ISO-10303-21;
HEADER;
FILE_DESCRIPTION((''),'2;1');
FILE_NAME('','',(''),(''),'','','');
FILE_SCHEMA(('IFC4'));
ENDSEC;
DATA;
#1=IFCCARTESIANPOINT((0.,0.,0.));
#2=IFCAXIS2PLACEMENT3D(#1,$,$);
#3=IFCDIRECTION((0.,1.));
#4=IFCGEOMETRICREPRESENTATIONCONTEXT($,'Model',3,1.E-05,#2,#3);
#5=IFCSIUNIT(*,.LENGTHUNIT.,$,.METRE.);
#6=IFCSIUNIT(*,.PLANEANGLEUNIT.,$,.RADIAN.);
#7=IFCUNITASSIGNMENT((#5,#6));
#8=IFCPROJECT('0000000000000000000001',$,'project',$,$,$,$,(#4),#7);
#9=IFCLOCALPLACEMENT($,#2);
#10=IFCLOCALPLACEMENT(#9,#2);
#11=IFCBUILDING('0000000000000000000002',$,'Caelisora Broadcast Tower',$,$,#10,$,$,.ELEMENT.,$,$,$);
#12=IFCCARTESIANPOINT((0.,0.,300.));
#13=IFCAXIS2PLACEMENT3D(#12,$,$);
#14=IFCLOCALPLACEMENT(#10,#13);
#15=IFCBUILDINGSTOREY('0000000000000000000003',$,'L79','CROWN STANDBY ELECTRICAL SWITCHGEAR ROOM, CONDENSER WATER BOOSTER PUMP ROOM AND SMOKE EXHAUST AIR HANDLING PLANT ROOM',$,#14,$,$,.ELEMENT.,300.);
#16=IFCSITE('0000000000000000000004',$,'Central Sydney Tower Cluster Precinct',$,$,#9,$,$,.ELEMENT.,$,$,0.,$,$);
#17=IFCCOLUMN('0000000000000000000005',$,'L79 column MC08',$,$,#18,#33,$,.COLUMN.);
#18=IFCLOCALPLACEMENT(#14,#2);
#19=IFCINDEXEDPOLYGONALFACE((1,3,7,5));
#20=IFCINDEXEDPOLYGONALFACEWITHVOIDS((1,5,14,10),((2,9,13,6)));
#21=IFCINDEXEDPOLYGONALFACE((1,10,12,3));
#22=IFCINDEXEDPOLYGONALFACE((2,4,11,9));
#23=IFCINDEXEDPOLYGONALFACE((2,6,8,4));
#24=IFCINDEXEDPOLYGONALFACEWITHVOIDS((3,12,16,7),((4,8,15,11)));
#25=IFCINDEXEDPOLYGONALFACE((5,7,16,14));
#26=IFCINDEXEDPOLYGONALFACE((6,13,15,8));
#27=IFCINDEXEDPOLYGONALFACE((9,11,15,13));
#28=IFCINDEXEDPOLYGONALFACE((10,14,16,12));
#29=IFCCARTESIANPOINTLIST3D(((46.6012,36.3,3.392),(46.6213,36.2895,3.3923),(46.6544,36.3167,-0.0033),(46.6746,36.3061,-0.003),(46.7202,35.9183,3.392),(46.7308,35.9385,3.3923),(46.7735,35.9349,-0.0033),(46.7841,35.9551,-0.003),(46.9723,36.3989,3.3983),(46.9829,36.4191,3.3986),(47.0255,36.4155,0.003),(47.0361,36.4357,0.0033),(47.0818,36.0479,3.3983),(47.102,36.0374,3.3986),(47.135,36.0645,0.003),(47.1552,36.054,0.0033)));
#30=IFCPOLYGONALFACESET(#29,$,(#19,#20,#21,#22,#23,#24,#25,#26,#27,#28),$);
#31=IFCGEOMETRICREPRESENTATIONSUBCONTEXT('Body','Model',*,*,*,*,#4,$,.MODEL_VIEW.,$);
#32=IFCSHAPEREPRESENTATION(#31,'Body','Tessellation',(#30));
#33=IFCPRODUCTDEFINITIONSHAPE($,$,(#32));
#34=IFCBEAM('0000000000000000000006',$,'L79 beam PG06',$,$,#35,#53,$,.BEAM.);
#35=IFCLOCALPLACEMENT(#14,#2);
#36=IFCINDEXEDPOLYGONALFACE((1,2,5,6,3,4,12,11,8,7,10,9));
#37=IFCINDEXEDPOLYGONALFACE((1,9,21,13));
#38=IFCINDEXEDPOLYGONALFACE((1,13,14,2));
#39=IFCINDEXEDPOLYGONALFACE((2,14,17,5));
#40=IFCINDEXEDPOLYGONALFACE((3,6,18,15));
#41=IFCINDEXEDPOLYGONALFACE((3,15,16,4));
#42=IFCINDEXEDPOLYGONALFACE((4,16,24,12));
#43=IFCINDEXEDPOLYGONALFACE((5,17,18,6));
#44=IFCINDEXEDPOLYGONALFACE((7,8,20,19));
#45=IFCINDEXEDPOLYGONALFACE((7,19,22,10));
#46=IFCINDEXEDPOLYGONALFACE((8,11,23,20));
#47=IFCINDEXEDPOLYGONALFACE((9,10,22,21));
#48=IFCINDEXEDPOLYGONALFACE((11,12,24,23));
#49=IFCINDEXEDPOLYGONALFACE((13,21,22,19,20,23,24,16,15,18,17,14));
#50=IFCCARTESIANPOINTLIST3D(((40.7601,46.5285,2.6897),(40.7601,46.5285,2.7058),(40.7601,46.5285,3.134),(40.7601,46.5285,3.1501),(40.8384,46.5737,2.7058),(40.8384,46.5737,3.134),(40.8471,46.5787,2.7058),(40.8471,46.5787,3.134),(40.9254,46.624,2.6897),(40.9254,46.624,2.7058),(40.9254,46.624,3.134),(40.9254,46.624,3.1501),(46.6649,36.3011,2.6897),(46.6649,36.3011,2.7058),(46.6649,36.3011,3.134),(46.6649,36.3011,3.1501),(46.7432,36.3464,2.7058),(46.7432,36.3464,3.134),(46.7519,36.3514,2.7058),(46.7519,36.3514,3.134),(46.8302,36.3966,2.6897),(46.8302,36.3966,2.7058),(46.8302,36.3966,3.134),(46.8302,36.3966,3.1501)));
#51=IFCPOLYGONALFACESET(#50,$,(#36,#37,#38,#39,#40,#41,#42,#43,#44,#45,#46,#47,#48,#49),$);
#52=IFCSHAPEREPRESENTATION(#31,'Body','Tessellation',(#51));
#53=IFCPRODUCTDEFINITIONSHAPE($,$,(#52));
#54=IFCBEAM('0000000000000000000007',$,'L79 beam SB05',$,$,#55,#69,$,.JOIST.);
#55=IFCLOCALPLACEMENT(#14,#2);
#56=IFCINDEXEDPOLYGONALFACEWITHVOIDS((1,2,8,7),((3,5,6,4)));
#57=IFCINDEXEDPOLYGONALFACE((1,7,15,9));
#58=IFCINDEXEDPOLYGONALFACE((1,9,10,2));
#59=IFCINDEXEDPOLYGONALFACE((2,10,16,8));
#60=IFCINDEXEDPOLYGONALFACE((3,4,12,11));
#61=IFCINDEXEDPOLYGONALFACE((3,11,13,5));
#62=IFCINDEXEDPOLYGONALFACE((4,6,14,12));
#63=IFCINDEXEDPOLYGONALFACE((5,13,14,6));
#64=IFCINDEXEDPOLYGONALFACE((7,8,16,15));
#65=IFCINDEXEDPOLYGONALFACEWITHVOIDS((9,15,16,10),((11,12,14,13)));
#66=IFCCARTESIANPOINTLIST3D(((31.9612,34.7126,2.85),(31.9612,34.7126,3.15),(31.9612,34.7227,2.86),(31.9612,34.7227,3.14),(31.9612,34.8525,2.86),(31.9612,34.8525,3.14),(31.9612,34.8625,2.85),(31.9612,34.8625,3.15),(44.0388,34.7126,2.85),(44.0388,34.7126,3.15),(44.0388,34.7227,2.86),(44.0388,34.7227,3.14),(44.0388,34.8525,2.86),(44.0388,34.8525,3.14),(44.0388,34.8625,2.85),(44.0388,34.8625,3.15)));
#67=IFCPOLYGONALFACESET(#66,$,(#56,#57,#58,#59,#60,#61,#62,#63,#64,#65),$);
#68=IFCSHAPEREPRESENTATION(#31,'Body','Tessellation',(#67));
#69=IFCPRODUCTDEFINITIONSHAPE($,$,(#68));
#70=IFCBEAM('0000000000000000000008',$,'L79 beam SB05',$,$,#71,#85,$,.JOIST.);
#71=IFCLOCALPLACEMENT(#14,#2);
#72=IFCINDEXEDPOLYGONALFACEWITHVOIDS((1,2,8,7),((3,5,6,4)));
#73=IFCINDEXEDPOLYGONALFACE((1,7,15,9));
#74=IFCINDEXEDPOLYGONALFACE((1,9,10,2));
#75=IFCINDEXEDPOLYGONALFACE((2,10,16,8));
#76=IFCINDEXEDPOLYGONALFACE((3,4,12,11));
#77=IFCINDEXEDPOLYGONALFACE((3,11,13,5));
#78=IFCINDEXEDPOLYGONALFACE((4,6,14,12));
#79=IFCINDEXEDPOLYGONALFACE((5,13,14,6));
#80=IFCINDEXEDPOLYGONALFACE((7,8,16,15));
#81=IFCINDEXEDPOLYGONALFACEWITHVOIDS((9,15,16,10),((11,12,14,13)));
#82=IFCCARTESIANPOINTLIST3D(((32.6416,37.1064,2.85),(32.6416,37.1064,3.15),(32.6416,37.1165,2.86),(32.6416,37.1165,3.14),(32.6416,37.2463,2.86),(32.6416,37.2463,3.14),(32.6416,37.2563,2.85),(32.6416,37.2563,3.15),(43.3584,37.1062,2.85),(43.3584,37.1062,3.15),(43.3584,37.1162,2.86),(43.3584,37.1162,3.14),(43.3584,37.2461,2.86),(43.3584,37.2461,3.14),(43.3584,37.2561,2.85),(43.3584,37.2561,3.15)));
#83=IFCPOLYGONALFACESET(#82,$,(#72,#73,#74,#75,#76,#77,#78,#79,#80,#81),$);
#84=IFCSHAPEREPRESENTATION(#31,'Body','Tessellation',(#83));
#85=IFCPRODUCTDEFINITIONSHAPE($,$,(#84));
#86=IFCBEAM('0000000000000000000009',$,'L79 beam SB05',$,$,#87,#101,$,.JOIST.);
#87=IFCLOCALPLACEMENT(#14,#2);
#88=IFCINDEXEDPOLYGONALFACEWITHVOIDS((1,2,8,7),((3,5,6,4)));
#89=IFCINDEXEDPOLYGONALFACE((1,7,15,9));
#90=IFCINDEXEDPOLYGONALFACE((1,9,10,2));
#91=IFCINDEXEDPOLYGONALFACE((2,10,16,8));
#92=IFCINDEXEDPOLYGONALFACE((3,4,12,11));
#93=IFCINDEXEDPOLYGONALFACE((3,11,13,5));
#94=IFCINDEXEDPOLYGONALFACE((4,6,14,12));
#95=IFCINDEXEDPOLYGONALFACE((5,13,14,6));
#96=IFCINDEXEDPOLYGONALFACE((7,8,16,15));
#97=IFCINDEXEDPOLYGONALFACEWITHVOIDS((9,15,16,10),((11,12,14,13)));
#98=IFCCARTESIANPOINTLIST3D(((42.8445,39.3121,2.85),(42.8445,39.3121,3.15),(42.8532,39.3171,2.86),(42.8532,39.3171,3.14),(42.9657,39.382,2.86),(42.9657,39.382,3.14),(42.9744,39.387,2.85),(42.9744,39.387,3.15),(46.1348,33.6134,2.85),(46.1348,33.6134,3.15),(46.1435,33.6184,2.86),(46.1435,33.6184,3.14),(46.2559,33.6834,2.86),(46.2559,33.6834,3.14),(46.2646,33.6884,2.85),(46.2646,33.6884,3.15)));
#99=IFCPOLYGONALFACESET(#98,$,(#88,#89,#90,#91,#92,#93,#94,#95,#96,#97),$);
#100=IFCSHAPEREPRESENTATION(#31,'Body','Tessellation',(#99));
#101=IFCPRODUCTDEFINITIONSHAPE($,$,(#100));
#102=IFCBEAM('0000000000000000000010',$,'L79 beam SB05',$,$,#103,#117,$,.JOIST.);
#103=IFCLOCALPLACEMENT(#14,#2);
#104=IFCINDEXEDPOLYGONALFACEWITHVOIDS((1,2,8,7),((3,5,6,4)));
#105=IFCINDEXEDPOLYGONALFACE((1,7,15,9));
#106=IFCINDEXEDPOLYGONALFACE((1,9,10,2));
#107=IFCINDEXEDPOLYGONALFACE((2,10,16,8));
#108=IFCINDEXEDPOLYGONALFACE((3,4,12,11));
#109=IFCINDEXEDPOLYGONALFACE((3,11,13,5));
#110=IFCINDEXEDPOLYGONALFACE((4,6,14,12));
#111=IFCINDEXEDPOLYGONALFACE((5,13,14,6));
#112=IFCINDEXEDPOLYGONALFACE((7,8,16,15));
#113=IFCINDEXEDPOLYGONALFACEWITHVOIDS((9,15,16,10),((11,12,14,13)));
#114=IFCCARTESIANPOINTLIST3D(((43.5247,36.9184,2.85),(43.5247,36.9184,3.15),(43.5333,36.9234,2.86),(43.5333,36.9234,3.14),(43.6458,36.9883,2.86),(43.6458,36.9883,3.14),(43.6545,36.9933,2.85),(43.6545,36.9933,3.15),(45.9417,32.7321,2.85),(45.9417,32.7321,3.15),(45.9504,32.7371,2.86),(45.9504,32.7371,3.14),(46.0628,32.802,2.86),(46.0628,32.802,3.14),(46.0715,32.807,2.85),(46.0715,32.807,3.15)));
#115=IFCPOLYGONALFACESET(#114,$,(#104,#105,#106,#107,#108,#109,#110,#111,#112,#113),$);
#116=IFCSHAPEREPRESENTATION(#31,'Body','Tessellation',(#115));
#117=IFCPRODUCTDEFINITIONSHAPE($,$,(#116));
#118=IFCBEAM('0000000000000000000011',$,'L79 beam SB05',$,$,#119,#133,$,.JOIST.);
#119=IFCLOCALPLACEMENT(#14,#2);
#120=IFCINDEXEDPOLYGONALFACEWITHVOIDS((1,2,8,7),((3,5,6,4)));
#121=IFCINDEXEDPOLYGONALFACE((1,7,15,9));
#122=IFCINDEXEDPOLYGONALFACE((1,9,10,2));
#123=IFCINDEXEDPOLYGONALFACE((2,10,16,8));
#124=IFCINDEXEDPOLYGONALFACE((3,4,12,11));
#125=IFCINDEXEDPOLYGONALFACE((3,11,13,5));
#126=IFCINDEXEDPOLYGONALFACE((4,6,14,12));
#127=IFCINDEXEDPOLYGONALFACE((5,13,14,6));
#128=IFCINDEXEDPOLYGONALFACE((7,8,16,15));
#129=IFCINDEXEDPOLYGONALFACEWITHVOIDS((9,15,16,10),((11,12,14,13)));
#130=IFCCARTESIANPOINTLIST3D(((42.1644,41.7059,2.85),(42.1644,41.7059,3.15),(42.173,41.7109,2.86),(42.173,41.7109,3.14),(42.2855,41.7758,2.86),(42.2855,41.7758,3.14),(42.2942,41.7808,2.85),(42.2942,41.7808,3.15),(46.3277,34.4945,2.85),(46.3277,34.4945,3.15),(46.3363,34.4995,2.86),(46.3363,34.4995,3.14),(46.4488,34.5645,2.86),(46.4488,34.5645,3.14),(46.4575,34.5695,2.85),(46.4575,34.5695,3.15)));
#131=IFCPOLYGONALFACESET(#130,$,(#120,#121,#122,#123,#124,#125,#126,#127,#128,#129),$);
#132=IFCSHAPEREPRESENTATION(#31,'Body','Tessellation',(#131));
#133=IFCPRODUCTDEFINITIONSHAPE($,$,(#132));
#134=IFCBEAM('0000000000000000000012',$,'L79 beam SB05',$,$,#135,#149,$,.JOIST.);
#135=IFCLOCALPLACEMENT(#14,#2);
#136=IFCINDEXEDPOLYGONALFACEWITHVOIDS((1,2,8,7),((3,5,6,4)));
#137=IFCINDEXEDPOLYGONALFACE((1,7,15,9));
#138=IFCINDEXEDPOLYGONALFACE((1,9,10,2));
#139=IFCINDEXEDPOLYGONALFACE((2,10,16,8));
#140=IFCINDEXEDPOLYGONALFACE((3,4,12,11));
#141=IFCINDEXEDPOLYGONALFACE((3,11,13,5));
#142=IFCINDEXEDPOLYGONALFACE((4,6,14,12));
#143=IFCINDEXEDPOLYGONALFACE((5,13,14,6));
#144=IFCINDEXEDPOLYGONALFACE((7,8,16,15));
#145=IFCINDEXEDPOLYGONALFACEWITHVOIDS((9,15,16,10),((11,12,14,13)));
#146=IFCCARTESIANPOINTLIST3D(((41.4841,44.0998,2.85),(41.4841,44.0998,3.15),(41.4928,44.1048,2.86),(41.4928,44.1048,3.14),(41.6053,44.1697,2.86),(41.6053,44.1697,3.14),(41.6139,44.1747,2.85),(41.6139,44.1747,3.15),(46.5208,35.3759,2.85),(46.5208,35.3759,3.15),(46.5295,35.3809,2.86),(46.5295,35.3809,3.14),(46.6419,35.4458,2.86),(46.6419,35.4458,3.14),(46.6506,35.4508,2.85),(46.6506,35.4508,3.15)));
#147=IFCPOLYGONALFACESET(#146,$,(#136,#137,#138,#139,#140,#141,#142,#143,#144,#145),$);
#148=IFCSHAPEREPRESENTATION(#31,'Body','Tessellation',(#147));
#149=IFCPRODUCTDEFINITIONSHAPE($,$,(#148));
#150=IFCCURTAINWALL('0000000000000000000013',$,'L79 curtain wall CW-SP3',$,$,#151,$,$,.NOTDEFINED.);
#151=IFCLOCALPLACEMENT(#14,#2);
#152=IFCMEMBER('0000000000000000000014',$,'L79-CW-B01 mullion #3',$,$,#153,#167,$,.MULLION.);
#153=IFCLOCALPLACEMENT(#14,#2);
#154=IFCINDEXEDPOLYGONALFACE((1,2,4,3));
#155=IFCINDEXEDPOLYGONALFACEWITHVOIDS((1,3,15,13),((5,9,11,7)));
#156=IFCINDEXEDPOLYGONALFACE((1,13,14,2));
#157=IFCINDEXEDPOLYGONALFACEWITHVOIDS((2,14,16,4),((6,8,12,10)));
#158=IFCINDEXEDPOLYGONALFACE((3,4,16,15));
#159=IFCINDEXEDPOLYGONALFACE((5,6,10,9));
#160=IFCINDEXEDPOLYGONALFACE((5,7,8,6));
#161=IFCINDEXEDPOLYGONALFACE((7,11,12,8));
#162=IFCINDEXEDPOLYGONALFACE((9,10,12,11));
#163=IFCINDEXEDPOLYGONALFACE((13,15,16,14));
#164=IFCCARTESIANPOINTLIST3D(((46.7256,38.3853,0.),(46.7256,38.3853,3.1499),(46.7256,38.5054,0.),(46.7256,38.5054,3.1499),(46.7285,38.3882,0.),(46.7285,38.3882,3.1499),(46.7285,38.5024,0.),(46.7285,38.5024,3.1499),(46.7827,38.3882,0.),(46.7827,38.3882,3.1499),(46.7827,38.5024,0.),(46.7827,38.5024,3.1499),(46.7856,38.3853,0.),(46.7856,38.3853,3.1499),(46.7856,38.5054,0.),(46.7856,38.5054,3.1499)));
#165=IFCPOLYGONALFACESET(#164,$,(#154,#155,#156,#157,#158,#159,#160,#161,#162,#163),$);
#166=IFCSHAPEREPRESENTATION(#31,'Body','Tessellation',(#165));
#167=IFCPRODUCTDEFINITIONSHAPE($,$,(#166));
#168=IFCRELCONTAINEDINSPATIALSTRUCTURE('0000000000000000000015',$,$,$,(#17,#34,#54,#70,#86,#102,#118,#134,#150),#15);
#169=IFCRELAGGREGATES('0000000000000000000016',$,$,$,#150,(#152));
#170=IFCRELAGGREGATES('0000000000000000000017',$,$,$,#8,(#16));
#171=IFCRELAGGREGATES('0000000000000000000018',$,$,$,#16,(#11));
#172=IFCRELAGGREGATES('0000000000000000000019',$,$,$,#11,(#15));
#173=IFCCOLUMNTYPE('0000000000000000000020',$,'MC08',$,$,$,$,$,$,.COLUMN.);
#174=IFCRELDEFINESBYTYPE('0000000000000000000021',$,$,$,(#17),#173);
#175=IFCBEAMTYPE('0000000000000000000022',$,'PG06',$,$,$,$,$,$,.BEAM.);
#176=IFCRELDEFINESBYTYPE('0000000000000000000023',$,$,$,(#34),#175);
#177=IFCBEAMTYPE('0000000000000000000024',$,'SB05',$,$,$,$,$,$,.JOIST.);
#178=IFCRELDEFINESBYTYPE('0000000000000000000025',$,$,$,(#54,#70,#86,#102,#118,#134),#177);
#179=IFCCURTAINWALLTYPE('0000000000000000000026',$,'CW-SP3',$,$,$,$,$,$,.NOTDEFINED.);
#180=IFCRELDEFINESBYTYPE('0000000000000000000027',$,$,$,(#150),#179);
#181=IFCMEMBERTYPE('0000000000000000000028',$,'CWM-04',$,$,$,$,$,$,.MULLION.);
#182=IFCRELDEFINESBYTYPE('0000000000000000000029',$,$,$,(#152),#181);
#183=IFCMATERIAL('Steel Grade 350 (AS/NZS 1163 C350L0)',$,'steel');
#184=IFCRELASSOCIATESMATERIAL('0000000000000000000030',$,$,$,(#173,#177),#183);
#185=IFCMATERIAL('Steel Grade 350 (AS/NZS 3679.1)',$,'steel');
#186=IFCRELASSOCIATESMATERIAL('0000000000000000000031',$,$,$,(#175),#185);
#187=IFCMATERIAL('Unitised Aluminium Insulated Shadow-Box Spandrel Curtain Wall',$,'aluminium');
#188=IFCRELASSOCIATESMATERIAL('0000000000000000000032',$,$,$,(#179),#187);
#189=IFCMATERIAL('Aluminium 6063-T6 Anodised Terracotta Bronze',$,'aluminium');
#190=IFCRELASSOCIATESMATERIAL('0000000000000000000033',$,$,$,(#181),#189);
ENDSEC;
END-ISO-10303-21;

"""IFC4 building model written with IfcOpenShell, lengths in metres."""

from ifc_helpers import new_model, si_unit, direction, frame, origin, origin_2d, place, context, subcontext, project, spatial, hollow_rectangle, i_section, extrude, source, transform, mapped, material, material_profile, profile_set, type_object, type_shapes, element, aggregate, save


model = new_model("IFC4")

# Units and contexts
model_context = context("Model", 3, precision=1e-05, world=origin(), true_north=direction((0.0, 1.0)))
body_context = subcontext(model_context, "Body", "Model", "MODEL_VIEW")
ifc_project = project(units=[si_unit("LENGTHUNIT", "METRE"), si_unit("PLANEANGLEUNIT", "RADIAN")], contexts=[model_context])

# Site, building, storey
site_placement = place(None, origin())
site = spatial("IfcSite", under=ifc_project, at=site_placement, Name="Central Sydney Tower Cluster Precinct", CompositionType="ELEMENT", RefElevation=0.0)
building_placement = place(site_placement, origin())
building = spatial("IfcBuilding", under=site, at=building_placement, Name="Caelisora Broadcast Tower", CompositionType="ELEMENT")
storey_placement = place(building_placement, frame((0.0, 0.0, 300.0)))
storey = spatial("IfcBuildingStorey", under=building, at=storey_placement, Name="L79", Description="CROWN STANDBY ELECTRICAL SWITCHGEAR ROOM, CONDENSER WATER BOOSTER PUMP ROOM AND SMOKE EXHAUST AIR HANDLING PLANT ROOM", CompositionType="ELEMENT", Elevation=300.0)

# Column
ifc_material_1 = material(Name="Steel Grade 350 (AS/NZS 1163 C350L0)", Category="steel")
ifc_material_profile_1 = material_profile(ifc_material_1, hollow_rectangle(XDim=0.3999, YDim=0.3999, WallThickness=0.0161, at=origin_2d()), Name="Steel Grade 350 (AS/NZS 1163 C350L0)")
ifc_profile_set_1 = profile_set([ifc_material_profile_1], Name="Steel Grade 350 (AS/NZS 1163 C350L0)")
column_type = type_object("IfcColumnType", Name="MC08", PredefinedType="COLUMN", material=ifc_profile_set_1)
shared_shape_1 = source(origin(), body_context, "Body", "SweptSolid", [
    extrude(hollow_rectangle(XDim=0.3999, YDim=0.3999, WallThickness=0.0161, at=origin_2d()), origin(), (0.0, 0.0, 1.0), 3.3958),
])
type_shapes(column_type, [shared_shape_1])
column_placement = place(storey_placement, frame((46.9048, 36.1853, 0.0), z_axis=(-0.015673, -0.004889, 0.999865), x_axis=(0.297776, -0.954636, 0.0)))
element("IfcColumn", 1, at=column_placement, inside=storey, type_object=column_type, Name="L79 column MC08", PredefinedType="COLUMN", context=body_context, shape_type="MappedRepresentation", body=[
    mapped(shared_shape_1, transform((0.0, 0.0, 0.0), scale=1.0)),
])

# Beams
ifc_material_2 = material(Name="Steel Grade 350 (AS/NZS 3679.1)", Category="steel")
ifc_material_profile_2 = material_profile(ifc_material_2, i_section(OverallWidth=0.1909, OverallDepth=0.4604, WebThickness=0.01, FlangeThickness=0.0161, at=origin_2d()), Name="Steel Grade 350 (AS/NZS 3679.1)")
ifc_profile_set_2 = profile_set([ifc_material_profile_2], Name="Steel Grade 350 (AS/NZS 3679.1)")
beam_type_1 = type_object("IfcBeamType", Name="PG06", PredefinedType="BEAM", material=ifc_profile_set_2)
shared_shape_2 = source(origin(), body_context, "Body", "SweptSolid", [
    extrude(i_section(OverallWidth=0.1909, OverallDepth=0.4604, WebThickness=0.01, FlangeThickness=0.0161, at=origin_2d()), origin(), (0.0, 0.0, 1.0), 11.8096),
])
type_shapes(beam_type_1, [shared_shape_2])
beam_1_placement = place(storey_placement, frame((46.7476, 36.3489, 2.9199), z_axis=(-0.500003, 0.866023, 0.0), x_axis=(-0.866023, -0.500003, 0.0)))
element("IfcBeam", 2, at=beam_1_placement, inside=storey, type_object=beam_type_1, Name="L79 beam PG06", PredefinedType="BEAM", context=body_context, shape_type="MappedRepresentation", body=[
    mapped(shared_shape_2, transform((0.0, 0.0, 0.0), scale=1.0)),
])
ifc_material_profile_3 = material_profile(ifc_material_1, hollow_rectangle(XDim=0.1499, YDim=0.3, WallThickness=0.01, at=origin_2d()), Name="Steel Grade 350 (AS/NZS 1163 C350L0)")
ifc_profile_set_3 = profile_set([ifc_material_profile_3], Name="Steel Grade 350 (AS/NZS 1163 C350L0)")
beam_type_2 = type_object("IfcBeamType", Name="SB05", PredefinedType="JOIST", material=ifc_profile_set_3)
shared_shape_3 = source(origin(), body_context, "Body", "SweptSolid", [
    extrude(hollow_rectangle(XDim=0.1499, YDim=0.3, WallThickness=0.01, at=origin_2d()), origin(), (0.0, 0.0, 1.0), 12.0776),
])
beam_2_placement = place(storey_placement, frame((44.0388, 34.7876, 3.0), z_axis=(-1.0, 0.0, 0.0), x_axis=(0.0, -1.0, 0.0)))
element("IfcBeam", 3, at=beam_2_placement, inside=storey, type_object=beam_type_2, Name="L79 beam SB05", PredefinedType="JOIST", context=body_context, shape_type="MappedRepresentation", body=[
    mapped(shared_shape_3, transform((0.0, 0.0, 0.0), scale=1.0)),
])
shared_shape_4 = source(origin(), body_context, "Body", "SweptSolid", [
    extrude(hollow_rectangle(XDim=0.1499, YDim=0.3, WallThickness=0.01, at=origin_2d()), origin(), (0.0, 0.0, 1.0), 10.7168),
])
beam_3_placement = place(storey_placement, frame((43.3584, 37.1812, 3.0), z_axis=(-1.0, 0.000023, 0.0), x_axis=(-0.000023, -1.0, 0.0)))
element("IfcBeam", 4, at=beam_3_placement, inside=storey, type_object=beam_type_2, Name="L79 beam SB05", PredefinedType="JOIST", context=body_context, shape_type="MappedRepresentation", body=[
    mapped(shared_shape_4, transform((0.0, 0.0, 0.0), scale=1.0)),
])
shared_shape_5 = source(origin(), body_context, "Body", "SweptSolid", [
    extrude(hollow_rectangle(XDim=0.1499, YDim=0.3, WallThickness=0.01, at=origin_2d()), origin(), (0.0, 0.0, 1.0), 6.5803),
])
beam_4_placement = place(storey_placement, frame((46.1997, 33.6509, 3.0), z_axis=(-0.500014, 0.866018, 0.0), x_axis=(-0.866018, -0.500014, 0.0)))
element("IfcBeam", 5, at=beam_4_placement, inside=storey, type_object=beam_type_2, Name="L79 beam SB05", PredefinedType="JOIST", context=body_context, shape_type="MappedRepresentation", body=[
    mapped(shared_shape_5, transform((0.0, 0.0, 0.0), scale=1.0)),
])
shared_shape_6 = source(origin(), body_context, "Body", "SweptSolid", [
    extrude(hollow_rectangle(XDim=0.1499, YDim=0.3, WallThickness=0.01, at=origin_2d()), origin(), (0.0, 0.0, 1.0), 4.834),
])
beam_5_placement = place(storey_placement, frame((46.0066, 32.7695, 3.0), z_axis=(-0.500007, 0.866022, 0.0), x_axis=(-0.866022, -0.500007, 0.0)))
element("IfcBeam", 6, at=beam_5_placement, inside=storey, type_object=beam_type_2, Name="L79 beam SB05", PredefinedType="JOIST", context=body_context, shape_type="MappedRepresentation", body=[
    mapped(shared_shape_6, transform((0.0, 0.0, 0.0), scale=1.0)),
])
shared_shape_7 = source(origin(), body_context, "Body", "SweptSolid", [
    extrude(hollow_rectangle(XDim=0.1499, YDim=0.3, WallThickness=0.01, at=origin_2d()), origin(), (0.0, 0.0, 1.0), 8.3269),
])
beam_6_placement = place(storey_placement, frame((46.3926, 34.532, 3.0), z_axis=(-0.499983, 0.866035, 0.0), x_axis=(-0.866035, -0.499983, 0.0)))
element("IfcBeam", 7, at=beam_6_placement, inside=storey, type_object=beam_type_2, Name="L79 beam SB05", PredefinedType="JOIST", context=body_context, shape_type="MappedRepresentation", body=[
    mapped(shared_shape_7, transform((0.0, 0.0, 0.0), scale=1.0)),
])
shared_shape_8 = source(origin(), body_context, "Body", "SweptSolid", [
    extrude(hollow_rectangle(XDim=0.1499, YDim=0.3, WallThickness=0.01, at=origin_2d()), origin(), (0.0, 0.0, 1.0), 10.0735),
])
type_shapes(beam_type_2, [shared_shape_3, shared_shape_4, shared_shape_5, shared_shape_6, shared_shape_7, shared_shape_8])
beam_7_placement = place(storey_placement, frame((46.5857, 35.4133, 3.0), z_axis=(-0.499992, 0.86603, 0.0), x_axis=(-0.86603, -0.499992, 0.0)))
element("IfcBeam", 8, at=beam_7_placement, inside=storey, type_object=beam_type_2, Name="L79 beam SB05", PredefinedType="JOIST", context=body_context, shape_type="MappedRepresentation", body=[
    mapped(shared_shape_8, transform((0.0, 0.0, 0.0), scale=1.0)),
])

# Curtain wall, member
ifc_material_3 = material(Name="Unitised Aluminium Insulated Shadow-Box Spandrel Curtain Wall", Category="aluminium")
curtain_wall_type = type_object("IfcCurtainWallType", Name="CW-SP3", PredefinedType="NOTDEFINED", material=ifc_material_3)
curtain_wall_1_placement = place(storey_placement, origin())
curtain_wall_1 = element("IfcCurtainWall", 9, at=curtain_wall_1_placement, inside=storey, type_object=curtain_wall_type, Name="L79 curtain wall CW-SP3", PredefinedType="NOTDEFINED")
ifc_material_4 = material(Name="Aluminium 6063-T6 Anodised Terracotta Bronze", Category="aluminium")
ifc_material_profile_4 = material_profile(ifc_material_4, hollow_rectangle(XDim=0.0601, YDim=0.1201, WallThickness=0.0029, at=origin_2d()), Name="Aluminium 6063-T6 Anodised Terracotta Bronze")
ifc_profile_set_4 = profile_set([ifc_material_profile_4], Name="Aluminium 6063-T6 Anodised Terracotta Bronze")
member_type_1 = type_object("IfcMemberType", Name="CWM-04", PredefinedType="MULLION", material=ifc_profile_set_4)
shared_shape_9 = source(origin(), body_context, "Body", "SweptSolid", [
    extrude(hollow_rectangle(XDim=0.0601, YDim=0.1201, WallThickness=0.0029, at=origin_2d()), origin(), (0.0, 0.0, 1.0), 3.1499),
])
type_shapes(member_type_1, [shared_shape_9])
member_1_placement = place(storey_placement, frame((46.7556, 38.4453, 0.0), z_axis=(0.0, 0.0, 1.0), x_axis=(1.0, 0.0, 0.0)))
member_1 = element("IfcMember", 10, at=member_1_placement, type_object=member_type_1, Name="L79-CW-B01 mullion #3", PredefinedType="MULLION", context=body_context, shape_type="MappedRepresentation", body=[
    mapped(shared_shape_9, transform((0.0, 0.0, 0.0), scale=1.0)),
])
aggregate(curtain_wall_1, [member_1])

save(model, "model.ifc")
